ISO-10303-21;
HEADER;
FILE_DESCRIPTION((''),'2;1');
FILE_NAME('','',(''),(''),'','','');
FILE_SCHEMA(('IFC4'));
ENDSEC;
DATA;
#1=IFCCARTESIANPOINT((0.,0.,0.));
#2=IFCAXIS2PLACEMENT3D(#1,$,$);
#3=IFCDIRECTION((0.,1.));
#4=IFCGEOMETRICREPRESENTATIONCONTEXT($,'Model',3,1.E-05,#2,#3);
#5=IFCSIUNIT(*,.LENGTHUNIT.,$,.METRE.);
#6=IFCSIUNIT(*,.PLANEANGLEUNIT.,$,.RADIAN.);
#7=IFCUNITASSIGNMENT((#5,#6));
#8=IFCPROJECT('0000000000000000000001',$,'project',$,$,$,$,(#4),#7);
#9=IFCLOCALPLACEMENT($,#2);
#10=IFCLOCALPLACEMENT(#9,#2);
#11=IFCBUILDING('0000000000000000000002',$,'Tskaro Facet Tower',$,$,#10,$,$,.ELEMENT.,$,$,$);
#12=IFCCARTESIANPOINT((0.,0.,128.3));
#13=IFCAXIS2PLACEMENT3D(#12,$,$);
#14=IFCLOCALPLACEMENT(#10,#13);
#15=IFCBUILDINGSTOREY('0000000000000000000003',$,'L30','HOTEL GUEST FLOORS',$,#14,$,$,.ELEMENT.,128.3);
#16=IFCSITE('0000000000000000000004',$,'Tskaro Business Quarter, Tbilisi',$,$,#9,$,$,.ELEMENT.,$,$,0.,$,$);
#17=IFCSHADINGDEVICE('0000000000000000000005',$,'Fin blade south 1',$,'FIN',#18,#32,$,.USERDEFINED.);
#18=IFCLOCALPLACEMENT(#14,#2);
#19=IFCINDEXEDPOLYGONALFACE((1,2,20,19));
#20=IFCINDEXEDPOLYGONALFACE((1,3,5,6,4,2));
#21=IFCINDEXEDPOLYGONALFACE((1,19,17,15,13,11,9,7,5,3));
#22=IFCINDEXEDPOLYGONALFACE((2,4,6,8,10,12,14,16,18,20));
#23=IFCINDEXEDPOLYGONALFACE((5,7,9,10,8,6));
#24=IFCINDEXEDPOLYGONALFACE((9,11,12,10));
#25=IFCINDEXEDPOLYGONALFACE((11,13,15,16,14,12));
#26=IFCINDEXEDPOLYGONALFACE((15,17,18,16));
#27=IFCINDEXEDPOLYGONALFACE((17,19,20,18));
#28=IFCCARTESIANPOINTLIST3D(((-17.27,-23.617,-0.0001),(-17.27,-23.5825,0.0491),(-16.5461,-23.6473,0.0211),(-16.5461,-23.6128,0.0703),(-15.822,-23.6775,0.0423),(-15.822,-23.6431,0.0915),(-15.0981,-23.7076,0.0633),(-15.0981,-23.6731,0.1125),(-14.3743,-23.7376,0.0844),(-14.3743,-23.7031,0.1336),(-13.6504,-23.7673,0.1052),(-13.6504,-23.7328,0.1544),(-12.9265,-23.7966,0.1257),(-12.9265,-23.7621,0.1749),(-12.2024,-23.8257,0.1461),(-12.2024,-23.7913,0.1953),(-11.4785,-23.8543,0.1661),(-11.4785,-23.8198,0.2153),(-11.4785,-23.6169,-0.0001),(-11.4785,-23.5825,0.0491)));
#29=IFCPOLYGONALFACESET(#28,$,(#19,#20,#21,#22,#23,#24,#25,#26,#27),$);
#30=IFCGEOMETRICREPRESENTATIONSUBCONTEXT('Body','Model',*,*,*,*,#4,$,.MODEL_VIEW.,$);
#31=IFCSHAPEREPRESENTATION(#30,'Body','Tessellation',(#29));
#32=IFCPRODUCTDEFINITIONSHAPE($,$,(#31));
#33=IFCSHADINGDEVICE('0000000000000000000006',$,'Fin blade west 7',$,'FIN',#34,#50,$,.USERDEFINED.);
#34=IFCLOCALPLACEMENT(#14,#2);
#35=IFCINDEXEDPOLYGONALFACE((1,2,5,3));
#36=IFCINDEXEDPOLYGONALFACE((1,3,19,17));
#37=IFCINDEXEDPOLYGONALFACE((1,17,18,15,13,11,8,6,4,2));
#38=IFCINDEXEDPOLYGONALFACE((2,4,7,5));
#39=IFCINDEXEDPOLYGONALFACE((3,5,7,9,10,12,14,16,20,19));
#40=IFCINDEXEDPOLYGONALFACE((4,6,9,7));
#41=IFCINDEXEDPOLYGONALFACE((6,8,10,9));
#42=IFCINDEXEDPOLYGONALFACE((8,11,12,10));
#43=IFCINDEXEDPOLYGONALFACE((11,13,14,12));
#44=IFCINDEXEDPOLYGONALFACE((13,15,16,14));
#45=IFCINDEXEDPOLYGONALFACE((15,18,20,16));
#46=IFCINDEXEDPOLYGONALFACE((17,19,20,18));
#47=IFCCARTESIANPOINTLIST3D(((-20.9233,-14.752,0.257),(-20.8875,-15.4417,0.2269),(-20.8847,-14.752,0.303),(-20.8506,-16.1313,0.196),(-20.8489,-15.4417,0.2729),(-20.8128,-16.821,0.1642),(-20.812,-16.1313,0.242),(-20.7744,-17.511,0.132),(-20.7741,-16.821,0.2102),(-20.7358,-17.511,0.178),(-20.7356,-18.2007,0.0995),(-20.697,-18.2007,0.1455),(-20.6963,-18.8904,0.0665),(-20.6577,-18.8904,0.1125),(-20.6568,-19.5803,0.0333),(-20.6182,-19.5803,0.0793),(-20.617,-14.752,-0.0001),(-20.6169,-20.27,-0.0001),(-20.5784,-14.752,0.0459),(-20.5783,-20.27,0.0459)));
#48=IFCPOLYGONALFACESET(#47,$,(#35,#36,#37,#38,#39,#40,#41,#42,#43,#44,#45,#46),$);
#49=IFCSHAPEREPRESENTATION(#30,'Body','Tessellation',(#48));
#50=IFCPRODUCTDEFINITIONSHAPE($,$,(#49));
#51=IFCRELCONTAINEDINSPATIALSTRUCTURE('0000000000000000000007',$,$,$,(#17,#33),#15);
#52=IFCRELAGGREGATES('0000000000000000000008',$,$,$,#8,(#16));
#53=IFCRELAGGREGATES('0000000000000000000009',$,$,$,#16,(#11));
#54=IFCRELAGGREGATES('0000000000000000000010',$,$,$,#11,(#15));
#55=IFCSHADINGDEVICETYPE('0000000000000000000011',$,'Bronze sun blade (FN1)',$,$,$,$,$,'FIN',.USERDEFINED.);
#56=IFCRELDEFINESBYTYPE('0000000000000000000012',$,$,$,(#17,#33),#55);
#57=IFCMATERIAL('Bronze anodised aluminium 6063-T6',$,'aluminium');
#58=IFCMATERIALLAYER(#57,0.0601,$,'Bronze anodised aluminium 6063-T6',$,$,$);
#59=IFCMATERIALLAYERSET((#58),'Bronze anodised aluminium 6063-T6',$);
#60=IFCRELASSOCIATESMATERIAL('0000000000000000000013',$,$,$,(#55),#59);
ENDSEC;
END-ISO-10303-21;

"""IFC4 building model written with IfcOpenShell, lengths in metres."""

from ifc_helpers import new_model, si_unit, direction, frame, origin, place, context, subcontext, project, spatial, polyline, outline, extrude, material, layer, layer_set, type_object, element, save


model = new_model("IFC4")

# Units and contexts
model_context = context("Model", 3, precision=1e-05, world=origin(), true_north=direction((0.0, 1.0)))
body_context = subcontext(model_context, "Body", "Model", "MODEL_VIEW")
ifc_project = project(units=[si_unit("LENGTHUNIT", "METRE"), si_unit("PLANEANGLEUNIT", "RADIAN")], contexts=[model_context])

# Site, building, storey
site_placement = place(None, origin())
site = spatial("IfcSite", under=ifc_project, at=site_placement, Name="Tskaro Business Quarter, Tbilisi", CompositionType="ELEMENT", RefElevation=0.0)
building_placement = place(site_placement, origin())
building = spatial("IfcBuilding", under=site, at=building_placement, Name="Tskaro Facet Tower", CompositionType="ELEMENT")
storey_placement = place(building_placement, frame((0.0, 0.0, 128.3)))
storey = spatial("IfcBuildingStorey", under=building, at=storey_placement, Name="L30", Description="HOTEL GUEST FLOORS", CompositionType="ELEMENT", Elevation=128.3)

# Shared definitions
ifc_material_1 = material(Name="Bronze anodised aluminium 6063-T6", Category="aluminium")

# Shading devices
ifc_layer_1 = layer(ifc_material_1, 0.0601, Name="Bronze anodised aluminium 6063-T6")
ifc_layer_set_1 = layer_set([ifc_layer_1], Name="Bronze anodised aluminium 6063-T6")
shading_device_type = type_object("IfcShadingDeviceType", Name="Bronze sun blade (FN1)", ElementType="FIN", PredefinedType="USERDEFINED", material=ifc_layer_set_1)
shading_device_1_placement = place(storey_placement, frame((-17.27, -23.5825, 0.0491), z_axis=(-0.000008, 0.573672, 0.819085), x_axis=(1.0, 0.000004, 0.000006)))
element("IfcShadingDevice", 1, at=shading_device_1_placement, inside=storey, type_object=shading_device_type, Name="Fin blade south 1", ObjectType="FIN", PredefinedType="USERDEFINED", context=body_context, shape_type="SweptSolid", body=[
    extrude(outline(polyline([(0.0, 0.0), (5.7915, 0.0), (5.7915, -0.2898), (5.0676, -0.2549), (4.3435, -0.2193), (3.6196, -0.1835), (2.8958, -0.1472), (2.1719, -0.1106), (1.448, -0.074), (0.7239, -0.037), (0.0, 0.0)])), origin(), (0.0, 0.0, -1.0), 0.0601),
])
shading_device_2_placement = place(storey_placement, frame((-20.5784, -14.752, 0.0459), z_axis=(0.642855, 0.000009, 0.765988), x_axis=(0.000006, -1.0, 0.000007)))
element("IfcShadingDevice", 2, at=shading_device_2_placement, inside=storey, type_object=shading_device_type, Name="Fin blade west 7", ObjectType="FIN", PredefinedType="USERDEFINED", context=body_context, shape_type="SweptSolid", body=[
    extrude(outline(polyline([(0.0, 0.0), (5.5181, 0.0), (4.8284, -0.052), (4.1384, -0.1036), (3.4487, -0.1549), (2.759, -0.2055), (2.0691, -0.2556), (1.3794, -0.305), (0.6897, -0.3532), (0.0, -0.4), (0.0, 0.0)])), origin(), (0.0, 0.0, -1.0), 0.0601),
])

save(model, "model.ifc")
